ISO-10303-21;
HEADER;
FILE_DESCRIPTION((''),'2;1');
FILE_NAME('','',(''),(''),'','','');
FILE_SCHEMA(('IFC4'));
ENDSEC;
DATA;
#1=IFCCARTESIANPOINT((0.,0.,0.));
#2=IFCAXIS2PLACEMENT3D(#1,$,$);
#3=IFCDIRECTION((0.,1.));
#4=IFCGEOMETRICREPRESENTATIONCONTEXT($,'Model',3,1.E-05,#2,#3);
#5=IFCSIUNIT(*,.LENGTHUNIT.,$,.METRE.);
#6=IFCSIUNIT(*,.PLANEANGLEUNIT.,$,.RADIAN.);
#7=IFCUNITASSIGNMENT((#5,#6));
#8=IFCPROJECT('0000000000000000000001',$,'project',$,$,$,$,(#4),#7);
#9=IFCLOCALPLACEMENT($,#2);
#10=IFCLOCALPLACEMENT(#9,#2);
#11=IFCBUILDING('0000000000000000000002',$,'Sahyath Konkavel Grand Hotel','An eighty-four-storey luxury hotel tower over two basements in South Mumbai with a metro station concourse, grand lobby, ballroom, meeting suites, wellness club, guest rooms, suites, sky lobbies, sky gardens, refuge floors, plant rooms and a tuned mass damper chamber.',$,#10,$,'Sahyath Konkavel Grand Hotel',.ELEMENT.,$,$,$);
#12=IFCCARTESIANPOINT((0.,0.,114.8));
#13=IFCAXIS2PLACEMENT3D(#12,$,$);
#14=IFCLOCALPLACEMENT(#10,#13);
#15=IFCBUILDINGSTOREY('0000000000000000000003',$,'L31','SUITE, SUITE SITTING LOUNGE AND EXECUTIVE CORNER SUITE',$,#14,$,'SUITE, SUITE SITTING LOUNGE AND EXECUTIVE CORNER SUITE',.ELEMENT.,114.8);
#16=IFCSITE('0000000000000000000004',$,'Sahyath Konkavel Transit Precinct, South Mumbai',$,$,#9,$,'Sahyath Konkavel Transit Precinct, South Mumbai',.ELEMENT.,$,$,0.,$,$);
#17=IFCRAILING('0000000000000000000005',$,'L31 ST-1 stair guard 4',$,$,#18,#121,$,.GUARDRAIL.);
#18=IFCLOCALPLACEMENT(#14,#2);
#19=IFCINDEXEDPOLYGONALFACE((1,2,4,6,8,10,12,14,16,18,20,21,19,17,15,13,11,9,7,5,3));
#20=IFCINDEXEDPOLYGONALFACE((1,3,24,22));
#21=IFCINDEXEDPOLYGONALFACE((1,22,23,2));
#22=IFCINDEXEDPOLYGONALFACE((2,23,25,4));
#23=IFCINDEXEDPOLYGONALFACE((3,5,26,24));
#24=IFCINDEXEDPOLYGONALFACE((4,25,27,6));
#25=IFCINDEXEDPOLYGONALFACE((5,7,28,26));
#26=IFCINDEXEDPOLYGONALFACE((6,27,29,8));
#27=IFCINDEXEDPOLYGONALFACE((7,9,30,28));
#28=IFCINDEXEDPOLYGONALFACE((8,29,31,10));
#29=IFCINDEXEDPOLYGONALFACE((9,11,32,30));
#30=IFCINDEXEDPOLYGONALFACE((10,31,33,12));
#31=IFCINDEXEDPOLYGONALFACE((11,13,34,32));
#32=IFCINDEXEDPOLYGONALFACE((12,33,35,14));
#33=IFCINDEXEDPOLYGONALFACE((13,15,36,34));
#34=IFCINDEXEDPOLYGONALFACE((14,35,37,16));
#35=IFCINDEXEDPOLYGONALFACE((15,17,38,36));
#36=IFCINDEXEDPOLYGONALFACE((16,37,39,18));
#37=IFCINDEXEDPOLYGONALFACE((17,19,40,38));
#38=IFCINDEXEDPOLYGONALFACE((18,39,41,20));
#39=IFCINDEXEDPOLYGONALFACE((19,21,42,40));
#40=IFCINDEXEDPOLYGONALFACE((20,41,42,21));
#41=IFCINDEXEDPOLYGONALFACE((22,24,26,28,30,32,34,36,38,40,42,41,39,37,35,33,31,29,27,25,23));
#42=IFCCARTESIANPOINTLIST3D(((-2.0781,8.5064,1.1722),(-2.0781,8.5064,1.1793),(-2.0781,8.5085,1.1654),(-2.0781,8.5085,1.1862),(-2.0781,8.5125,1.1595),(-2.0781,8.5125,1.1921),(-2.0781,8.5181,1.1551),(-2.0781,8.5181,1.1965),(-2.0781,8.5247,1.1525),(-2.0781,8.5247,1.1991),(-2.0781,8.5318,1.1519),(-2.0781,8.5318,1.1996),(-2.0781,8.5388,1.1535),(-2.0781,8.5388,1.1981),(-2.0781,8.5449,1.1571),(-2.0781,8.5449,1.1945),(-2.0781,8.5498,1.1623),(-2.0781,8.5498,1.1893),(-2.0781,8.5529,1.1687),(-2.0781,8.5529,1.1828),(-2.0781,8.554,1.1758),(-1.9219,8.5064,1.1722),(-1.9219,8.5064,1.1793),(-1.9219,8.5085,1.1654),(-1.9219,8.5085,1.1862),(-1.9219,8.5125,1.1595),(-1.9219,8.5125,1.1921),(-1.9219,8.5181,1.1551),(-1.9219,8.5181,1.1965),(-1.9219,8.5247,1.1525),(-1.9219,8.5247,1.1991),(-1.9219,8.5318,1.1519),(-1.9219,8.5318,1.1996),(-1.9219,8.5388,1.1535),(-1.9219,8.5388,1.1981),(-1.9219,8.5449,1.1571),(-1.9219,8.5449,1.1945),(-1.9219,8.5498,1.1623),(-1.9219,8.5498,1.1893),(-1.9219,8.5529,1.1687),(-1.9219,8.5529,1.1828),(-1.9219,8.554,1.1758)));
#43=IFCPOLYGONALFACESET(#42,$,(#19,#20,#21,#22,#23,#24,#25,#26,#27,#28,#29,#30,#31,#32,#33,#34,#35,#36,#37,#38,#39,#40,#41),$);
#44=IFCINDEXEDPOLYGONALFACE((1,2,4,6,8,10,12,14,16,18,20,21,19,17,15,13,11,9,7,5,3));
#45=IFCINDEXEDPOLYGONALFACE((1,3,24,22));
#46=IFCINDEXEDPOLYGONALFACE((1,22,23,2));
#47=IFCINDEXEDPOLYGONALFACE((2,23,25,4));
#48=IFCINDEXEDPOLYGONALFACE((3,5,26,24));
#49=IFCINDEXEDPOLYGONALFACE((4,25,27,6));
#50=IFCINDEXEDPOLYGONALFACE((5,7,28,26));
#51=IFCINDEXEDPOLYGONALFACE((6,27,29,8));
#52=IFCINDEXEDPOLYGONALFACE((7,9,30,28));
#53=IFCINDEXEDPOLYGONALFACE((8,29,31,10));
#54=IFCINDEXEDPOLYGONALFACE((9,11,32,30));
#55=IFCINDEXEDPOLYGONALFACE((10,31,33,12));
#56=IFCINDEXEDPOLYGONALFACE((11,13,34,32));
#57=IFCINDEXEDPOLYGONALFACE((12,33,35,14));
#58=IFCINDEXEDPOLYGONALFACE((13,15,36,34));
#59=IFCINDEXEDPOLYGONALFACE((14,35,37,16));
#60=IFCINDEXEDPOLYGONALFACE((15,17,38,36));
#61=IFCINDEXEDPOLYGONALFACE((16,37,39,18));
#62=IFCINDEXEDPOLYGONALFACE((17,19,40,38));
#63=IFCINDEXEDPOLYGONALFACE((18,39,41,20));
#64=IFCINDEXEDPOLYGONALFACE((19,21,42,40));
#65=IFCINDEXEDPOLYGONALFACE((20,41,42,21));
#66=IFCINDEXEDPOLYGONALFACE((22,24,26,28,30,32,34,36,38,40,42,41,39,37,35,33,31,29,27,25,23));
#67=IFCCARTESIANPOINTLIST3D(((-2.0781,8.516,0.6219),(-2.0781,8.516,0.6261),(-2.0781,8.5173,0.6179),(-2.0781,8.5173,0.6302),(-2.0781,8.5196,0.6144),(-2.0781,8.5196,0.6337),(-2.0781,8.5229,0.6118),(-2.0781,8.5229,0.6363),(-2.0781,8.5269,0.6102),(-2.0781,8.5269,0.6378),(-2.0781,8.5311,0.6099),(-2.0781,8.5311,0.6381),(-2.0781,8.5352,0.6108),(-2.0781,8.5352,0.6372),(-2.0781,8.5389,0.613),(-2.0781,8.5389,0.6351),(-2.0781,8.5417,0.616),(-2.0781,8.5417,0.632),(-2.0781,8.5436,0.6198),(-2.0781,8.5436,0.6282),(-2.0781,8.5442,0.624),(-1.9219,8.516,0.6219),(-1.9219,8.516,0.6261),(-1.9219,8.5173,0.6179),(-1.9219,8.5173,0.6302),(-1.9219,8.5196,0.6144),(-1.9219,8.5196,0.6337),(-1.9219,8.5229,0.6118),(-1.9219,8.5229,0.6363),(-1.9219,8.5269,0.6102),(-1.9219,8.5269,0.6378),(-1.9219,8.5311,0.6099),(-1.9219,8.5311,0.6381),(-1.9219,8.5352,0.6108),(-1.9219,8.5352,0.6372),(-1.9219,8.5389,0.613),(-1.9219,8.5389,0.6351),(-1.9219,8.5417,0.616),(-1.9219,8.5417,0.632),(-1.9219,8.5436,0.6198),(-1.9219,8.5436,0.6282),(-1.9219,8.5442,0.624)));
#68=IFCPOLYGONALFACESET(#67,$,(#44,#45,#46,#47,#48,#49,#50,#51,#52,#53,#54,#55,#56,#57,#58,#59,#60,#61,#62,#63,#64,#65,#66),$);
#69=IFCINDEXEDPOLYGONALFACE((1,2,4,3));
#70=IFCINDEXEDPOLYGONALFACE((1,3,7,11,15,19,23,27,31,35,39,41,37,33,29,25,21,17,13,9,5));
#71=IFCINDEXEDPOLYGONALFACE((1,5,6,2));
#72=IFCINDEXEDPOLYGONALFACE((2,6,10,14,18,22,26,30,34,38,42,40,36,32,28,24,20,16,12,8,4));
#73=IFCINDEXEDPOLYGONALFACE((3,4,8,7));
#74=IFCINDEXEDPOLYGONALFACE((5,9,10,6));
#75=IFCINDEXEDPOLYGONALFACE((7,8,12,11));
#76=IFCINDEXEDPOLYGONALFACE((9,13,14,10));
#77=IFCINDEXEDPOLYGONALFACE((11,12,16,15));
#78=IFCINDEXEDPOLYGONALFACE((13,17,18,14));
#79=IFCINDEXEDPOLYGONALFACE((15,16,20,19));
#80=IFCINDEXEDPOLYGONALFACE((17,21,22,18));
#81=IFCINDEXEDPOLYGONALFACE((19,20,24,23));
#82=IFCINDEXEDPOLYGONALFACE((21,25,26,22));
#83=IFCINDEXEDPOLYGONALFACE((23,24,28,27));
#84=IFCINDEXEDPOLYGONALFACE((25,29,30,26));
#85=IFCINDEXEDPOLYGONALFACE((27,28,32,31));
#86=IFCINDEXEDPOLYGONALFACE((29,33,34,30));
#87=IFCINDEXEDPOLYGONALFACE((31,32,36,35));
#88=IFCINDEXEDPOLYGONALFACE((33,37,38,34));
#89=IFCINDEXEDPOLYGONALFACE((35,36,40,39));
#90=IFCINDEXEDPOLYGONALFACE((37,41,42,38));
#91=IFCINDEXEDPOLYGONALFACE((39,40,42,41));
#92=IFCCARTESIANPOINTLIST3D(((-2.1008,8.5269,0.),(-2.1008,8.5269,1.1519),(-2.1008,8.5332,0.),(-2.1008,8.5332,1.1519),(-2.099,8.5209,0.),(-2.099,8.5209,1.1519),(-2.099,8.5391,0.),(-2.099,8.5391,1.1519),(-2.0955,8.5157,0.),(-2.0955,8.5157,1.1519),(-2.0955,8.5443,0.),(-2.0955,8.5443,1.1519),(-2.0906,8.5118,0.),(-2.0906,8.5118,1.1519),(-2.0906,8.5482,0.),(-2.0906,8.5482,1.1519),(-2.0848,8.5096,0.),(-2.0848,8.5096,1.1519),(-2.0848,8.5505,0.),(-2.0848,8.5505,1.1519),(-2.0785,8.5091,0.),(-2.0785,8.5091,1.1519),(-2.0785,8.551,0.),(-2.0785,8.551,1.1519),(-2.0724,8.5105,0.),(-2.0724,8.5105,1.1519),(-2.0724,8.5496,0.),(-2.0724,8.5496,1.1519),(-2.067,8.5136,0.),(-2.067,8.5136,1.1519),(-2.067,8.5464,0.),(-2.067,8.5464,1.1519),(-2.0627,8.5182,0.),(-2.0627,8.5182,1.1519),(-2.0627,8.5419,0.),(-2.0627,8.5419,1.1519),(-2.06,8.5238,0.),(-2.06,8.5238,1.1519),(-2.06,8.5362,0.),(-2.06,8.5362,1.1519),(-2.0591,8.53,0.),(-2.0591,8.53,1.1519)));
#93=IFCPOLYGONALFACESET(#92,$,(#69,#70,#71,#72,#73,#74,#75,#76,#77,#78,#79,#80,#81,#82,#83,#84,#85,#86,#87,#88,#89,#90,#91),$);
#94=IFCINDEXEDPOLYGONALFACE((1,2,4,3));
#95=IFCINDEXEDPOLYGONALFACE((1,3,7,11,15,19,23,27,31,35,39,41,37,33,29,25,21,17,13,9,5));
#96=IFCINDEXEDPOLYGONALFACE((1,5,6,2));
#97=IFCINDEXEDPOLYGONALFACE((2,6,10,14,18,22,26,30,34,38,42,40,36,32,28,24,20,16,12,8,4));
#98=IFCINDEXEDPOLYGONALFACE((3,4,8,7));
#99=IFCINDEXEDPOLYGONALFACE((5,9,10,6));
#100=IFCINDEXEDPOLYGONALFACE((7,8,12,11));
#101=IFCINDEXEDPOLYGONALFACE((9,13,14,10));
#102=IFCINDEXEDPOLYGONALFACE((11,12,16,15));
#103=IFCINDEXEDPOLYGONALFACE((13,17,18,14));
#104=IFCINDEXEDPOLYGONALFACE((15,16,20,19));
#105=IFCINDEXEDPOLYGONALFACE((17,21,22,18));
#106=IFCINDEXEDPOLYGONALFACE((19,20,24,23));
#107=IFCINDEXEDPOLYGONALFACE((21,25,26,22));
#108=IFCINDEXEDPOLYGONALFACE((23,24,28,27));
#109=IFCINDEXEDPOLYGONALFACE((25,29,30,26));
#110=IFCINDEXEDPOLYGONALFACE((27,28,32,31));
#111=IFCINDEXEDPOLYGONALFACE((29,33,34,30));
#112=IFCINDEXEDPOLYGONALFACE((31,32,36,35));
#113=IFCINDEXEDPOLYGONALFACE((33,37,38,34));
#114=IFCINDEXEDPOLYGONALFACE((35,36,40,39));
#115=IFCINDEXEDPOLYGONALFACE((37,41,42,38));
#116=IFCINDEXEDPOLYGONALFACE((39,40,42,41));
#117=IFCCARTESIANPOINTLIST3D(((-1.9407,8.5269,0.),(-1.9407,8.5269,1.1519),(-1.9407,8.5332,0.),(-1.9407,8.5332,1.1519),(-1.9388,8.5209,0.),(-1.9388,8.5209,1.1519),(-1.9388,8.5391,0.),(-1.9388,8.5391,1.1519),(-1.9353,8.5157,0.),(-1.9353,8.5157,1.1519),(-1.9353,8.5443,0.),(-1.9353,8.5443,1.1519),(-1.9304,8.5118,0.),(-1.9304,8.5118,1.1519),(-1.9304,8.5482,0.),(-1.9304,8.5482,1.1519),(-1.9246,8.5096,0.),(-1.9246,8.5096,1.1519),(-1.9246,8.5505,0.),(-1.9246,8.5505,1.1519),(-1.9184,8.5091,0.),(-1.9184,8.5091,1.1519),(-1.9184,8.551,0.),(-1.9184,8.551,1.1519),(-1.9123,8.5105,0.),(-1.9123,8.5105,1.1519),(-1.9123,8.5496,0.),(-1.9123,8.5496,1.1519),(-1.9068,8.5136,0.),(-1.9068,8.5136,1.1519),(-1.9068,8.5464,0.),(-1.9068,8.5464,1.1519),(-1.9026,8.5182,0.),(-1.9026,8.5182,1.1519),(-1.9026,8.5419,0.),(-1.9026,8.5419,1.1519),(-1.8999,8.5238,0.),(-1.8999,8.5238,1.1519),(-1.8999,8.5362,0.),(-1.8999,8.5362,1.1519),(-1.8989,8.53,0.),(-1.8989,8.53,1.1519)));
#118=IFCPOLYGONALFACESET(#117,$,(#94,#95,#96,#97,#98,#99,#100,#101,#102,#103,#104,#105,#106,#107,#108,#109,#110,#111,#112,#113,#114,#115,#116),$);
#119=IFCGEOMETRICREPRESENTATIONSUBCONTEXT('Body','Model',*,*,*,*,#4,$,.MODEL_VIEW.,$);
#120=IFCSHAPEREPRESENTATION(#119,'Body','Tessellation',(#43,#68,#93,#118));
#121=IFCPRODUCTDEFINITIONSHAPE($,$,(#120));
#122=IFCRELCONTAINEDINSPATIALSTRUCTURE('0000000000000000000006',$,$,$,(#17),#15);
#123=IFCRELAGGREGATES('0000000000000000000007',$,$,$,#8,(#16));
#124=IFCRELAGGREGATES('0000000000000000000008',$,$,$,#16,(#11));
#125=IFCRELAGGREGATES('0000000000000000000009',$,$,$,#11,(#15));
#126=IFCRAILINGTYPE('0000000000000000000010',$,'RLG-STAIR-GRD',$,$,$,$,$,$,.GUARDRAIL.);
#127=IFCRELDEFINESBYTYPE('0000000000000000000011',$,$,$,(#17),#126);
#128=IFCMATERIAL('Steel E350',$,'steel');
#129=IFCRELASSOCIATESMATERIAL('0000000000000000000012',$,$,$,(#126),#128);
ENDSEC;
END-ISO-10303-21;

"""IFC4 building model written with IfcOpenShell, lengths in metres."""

from ifc_helpers import new_model, si_unit, direction, frame, origin, origin_2d, place, context, subcontext, project, spatial, circle, extrude, material, type_object, element, save


model = new_model("IFC4")

# Units and contexts
model_context = context("Model", 3, precision=1e-05, world=origin(), true_north=direction((0.0, 1.0)))
body_context = subcontext(model_context, "Body", "Model", "MODEL_VIEW")
ifc_project = project(units=[si_unit("LENGTHUNIT", "METRE"), si_unit("PLANEANGLEUNIT", "RADIAN")], contexts=[model_context])

# Site, building, storey
site_placement = place(None, origin())
site = spatial("IfcSite", under=ifc_project, at=site_placement, Name="Sahyath Konkavel Transit Precinct, South Mumbai", LongName="Sahyath Konkavel Transit Precinct, South Mumbai", CompositionType="ELEMENT", RefElevation=0.0)
building_placement = place(site_placement, origin())
building = spatial("IfcBuilding", under=site, at=building_placement, Name="Sahyath Konkavel Grand Hotel", Description="An eighty-four-storey luxury hotel tower over two basements in South Mumbai with a metro station concourse, grand lobby, ballroom, meeting suites, wellness club, guest rooms, suites, sky lobbies, sky gardens, refuge floors, plant rooms and a tuned mass damper chamber.", LongName="Sahyath Konkavel Grand Hotel", CompositionType="ELEMENT")
storey_placement = place(building_placement, frame((0.0, 0.0, 114.8)))
storey = spatial("IfcBuildingStorey", under=building, at=storey_placement, Name="L31", Description="SUITE, SUITE SITTING LOUNGE AND EXECUTIVE CORNER SUITE", LongName="SUITE, SUITE SITTING LOUNGE AND EXECUTIVE CORNER SUITE", CompositionType="ELEMENT", Elevation=114.8)

# Shared definitions
ifc_material_1 = material(Name="Steel E350", Category="steel")

# Railing
railing_type_1 = type_object("IfcRailingType", Name="RLG-STAIR-GRD", PredefinedType="GUARDRAIL", material=ifc_material_1)
railing_1_placement = place(storey_placement, frame((-2.0801, 8.53, 0.0)))
element("IfcRailing", 1, at=railing_1_placement, inside=storey, type_object=railing_type_1, Name="L31 ST-1 stair guard 4", PredefinedType="GUARDRAIL", context=body_context, shape_type="SweptSolid", body=[
    extrude(circle(Radius=0.0239, at=origin_2d()), frame((0.002, 0.0, 1.1758), z_axis=(1.0, 0.0, 0.0), x_axis=(0.0, 1.0, 0.0)), (0.0, 0.0, 1.0), 0.1562),
    extrude(circle(Radius=0.0142, at=origin_2d()), frame((0.002, 0.0, 0.624), z_axis=(1.0, 0.0, 0.0), x_axis=(0.0, 1.0, 0.0)), (0.0, 0.0, 1.0), 0.1562),
    extrude(circle(Radius=0.021, at=origin_2d()), origin(), (0.0, 0.0, 1.0), 1.1519),
    extrude(circle(Radius=0.021, at=origin_2d()), frame((0.1602, 0.0, 0.0)), (0.0, 0.0, 1.0), 1.1519),
])

save(model, "model.ifc")
